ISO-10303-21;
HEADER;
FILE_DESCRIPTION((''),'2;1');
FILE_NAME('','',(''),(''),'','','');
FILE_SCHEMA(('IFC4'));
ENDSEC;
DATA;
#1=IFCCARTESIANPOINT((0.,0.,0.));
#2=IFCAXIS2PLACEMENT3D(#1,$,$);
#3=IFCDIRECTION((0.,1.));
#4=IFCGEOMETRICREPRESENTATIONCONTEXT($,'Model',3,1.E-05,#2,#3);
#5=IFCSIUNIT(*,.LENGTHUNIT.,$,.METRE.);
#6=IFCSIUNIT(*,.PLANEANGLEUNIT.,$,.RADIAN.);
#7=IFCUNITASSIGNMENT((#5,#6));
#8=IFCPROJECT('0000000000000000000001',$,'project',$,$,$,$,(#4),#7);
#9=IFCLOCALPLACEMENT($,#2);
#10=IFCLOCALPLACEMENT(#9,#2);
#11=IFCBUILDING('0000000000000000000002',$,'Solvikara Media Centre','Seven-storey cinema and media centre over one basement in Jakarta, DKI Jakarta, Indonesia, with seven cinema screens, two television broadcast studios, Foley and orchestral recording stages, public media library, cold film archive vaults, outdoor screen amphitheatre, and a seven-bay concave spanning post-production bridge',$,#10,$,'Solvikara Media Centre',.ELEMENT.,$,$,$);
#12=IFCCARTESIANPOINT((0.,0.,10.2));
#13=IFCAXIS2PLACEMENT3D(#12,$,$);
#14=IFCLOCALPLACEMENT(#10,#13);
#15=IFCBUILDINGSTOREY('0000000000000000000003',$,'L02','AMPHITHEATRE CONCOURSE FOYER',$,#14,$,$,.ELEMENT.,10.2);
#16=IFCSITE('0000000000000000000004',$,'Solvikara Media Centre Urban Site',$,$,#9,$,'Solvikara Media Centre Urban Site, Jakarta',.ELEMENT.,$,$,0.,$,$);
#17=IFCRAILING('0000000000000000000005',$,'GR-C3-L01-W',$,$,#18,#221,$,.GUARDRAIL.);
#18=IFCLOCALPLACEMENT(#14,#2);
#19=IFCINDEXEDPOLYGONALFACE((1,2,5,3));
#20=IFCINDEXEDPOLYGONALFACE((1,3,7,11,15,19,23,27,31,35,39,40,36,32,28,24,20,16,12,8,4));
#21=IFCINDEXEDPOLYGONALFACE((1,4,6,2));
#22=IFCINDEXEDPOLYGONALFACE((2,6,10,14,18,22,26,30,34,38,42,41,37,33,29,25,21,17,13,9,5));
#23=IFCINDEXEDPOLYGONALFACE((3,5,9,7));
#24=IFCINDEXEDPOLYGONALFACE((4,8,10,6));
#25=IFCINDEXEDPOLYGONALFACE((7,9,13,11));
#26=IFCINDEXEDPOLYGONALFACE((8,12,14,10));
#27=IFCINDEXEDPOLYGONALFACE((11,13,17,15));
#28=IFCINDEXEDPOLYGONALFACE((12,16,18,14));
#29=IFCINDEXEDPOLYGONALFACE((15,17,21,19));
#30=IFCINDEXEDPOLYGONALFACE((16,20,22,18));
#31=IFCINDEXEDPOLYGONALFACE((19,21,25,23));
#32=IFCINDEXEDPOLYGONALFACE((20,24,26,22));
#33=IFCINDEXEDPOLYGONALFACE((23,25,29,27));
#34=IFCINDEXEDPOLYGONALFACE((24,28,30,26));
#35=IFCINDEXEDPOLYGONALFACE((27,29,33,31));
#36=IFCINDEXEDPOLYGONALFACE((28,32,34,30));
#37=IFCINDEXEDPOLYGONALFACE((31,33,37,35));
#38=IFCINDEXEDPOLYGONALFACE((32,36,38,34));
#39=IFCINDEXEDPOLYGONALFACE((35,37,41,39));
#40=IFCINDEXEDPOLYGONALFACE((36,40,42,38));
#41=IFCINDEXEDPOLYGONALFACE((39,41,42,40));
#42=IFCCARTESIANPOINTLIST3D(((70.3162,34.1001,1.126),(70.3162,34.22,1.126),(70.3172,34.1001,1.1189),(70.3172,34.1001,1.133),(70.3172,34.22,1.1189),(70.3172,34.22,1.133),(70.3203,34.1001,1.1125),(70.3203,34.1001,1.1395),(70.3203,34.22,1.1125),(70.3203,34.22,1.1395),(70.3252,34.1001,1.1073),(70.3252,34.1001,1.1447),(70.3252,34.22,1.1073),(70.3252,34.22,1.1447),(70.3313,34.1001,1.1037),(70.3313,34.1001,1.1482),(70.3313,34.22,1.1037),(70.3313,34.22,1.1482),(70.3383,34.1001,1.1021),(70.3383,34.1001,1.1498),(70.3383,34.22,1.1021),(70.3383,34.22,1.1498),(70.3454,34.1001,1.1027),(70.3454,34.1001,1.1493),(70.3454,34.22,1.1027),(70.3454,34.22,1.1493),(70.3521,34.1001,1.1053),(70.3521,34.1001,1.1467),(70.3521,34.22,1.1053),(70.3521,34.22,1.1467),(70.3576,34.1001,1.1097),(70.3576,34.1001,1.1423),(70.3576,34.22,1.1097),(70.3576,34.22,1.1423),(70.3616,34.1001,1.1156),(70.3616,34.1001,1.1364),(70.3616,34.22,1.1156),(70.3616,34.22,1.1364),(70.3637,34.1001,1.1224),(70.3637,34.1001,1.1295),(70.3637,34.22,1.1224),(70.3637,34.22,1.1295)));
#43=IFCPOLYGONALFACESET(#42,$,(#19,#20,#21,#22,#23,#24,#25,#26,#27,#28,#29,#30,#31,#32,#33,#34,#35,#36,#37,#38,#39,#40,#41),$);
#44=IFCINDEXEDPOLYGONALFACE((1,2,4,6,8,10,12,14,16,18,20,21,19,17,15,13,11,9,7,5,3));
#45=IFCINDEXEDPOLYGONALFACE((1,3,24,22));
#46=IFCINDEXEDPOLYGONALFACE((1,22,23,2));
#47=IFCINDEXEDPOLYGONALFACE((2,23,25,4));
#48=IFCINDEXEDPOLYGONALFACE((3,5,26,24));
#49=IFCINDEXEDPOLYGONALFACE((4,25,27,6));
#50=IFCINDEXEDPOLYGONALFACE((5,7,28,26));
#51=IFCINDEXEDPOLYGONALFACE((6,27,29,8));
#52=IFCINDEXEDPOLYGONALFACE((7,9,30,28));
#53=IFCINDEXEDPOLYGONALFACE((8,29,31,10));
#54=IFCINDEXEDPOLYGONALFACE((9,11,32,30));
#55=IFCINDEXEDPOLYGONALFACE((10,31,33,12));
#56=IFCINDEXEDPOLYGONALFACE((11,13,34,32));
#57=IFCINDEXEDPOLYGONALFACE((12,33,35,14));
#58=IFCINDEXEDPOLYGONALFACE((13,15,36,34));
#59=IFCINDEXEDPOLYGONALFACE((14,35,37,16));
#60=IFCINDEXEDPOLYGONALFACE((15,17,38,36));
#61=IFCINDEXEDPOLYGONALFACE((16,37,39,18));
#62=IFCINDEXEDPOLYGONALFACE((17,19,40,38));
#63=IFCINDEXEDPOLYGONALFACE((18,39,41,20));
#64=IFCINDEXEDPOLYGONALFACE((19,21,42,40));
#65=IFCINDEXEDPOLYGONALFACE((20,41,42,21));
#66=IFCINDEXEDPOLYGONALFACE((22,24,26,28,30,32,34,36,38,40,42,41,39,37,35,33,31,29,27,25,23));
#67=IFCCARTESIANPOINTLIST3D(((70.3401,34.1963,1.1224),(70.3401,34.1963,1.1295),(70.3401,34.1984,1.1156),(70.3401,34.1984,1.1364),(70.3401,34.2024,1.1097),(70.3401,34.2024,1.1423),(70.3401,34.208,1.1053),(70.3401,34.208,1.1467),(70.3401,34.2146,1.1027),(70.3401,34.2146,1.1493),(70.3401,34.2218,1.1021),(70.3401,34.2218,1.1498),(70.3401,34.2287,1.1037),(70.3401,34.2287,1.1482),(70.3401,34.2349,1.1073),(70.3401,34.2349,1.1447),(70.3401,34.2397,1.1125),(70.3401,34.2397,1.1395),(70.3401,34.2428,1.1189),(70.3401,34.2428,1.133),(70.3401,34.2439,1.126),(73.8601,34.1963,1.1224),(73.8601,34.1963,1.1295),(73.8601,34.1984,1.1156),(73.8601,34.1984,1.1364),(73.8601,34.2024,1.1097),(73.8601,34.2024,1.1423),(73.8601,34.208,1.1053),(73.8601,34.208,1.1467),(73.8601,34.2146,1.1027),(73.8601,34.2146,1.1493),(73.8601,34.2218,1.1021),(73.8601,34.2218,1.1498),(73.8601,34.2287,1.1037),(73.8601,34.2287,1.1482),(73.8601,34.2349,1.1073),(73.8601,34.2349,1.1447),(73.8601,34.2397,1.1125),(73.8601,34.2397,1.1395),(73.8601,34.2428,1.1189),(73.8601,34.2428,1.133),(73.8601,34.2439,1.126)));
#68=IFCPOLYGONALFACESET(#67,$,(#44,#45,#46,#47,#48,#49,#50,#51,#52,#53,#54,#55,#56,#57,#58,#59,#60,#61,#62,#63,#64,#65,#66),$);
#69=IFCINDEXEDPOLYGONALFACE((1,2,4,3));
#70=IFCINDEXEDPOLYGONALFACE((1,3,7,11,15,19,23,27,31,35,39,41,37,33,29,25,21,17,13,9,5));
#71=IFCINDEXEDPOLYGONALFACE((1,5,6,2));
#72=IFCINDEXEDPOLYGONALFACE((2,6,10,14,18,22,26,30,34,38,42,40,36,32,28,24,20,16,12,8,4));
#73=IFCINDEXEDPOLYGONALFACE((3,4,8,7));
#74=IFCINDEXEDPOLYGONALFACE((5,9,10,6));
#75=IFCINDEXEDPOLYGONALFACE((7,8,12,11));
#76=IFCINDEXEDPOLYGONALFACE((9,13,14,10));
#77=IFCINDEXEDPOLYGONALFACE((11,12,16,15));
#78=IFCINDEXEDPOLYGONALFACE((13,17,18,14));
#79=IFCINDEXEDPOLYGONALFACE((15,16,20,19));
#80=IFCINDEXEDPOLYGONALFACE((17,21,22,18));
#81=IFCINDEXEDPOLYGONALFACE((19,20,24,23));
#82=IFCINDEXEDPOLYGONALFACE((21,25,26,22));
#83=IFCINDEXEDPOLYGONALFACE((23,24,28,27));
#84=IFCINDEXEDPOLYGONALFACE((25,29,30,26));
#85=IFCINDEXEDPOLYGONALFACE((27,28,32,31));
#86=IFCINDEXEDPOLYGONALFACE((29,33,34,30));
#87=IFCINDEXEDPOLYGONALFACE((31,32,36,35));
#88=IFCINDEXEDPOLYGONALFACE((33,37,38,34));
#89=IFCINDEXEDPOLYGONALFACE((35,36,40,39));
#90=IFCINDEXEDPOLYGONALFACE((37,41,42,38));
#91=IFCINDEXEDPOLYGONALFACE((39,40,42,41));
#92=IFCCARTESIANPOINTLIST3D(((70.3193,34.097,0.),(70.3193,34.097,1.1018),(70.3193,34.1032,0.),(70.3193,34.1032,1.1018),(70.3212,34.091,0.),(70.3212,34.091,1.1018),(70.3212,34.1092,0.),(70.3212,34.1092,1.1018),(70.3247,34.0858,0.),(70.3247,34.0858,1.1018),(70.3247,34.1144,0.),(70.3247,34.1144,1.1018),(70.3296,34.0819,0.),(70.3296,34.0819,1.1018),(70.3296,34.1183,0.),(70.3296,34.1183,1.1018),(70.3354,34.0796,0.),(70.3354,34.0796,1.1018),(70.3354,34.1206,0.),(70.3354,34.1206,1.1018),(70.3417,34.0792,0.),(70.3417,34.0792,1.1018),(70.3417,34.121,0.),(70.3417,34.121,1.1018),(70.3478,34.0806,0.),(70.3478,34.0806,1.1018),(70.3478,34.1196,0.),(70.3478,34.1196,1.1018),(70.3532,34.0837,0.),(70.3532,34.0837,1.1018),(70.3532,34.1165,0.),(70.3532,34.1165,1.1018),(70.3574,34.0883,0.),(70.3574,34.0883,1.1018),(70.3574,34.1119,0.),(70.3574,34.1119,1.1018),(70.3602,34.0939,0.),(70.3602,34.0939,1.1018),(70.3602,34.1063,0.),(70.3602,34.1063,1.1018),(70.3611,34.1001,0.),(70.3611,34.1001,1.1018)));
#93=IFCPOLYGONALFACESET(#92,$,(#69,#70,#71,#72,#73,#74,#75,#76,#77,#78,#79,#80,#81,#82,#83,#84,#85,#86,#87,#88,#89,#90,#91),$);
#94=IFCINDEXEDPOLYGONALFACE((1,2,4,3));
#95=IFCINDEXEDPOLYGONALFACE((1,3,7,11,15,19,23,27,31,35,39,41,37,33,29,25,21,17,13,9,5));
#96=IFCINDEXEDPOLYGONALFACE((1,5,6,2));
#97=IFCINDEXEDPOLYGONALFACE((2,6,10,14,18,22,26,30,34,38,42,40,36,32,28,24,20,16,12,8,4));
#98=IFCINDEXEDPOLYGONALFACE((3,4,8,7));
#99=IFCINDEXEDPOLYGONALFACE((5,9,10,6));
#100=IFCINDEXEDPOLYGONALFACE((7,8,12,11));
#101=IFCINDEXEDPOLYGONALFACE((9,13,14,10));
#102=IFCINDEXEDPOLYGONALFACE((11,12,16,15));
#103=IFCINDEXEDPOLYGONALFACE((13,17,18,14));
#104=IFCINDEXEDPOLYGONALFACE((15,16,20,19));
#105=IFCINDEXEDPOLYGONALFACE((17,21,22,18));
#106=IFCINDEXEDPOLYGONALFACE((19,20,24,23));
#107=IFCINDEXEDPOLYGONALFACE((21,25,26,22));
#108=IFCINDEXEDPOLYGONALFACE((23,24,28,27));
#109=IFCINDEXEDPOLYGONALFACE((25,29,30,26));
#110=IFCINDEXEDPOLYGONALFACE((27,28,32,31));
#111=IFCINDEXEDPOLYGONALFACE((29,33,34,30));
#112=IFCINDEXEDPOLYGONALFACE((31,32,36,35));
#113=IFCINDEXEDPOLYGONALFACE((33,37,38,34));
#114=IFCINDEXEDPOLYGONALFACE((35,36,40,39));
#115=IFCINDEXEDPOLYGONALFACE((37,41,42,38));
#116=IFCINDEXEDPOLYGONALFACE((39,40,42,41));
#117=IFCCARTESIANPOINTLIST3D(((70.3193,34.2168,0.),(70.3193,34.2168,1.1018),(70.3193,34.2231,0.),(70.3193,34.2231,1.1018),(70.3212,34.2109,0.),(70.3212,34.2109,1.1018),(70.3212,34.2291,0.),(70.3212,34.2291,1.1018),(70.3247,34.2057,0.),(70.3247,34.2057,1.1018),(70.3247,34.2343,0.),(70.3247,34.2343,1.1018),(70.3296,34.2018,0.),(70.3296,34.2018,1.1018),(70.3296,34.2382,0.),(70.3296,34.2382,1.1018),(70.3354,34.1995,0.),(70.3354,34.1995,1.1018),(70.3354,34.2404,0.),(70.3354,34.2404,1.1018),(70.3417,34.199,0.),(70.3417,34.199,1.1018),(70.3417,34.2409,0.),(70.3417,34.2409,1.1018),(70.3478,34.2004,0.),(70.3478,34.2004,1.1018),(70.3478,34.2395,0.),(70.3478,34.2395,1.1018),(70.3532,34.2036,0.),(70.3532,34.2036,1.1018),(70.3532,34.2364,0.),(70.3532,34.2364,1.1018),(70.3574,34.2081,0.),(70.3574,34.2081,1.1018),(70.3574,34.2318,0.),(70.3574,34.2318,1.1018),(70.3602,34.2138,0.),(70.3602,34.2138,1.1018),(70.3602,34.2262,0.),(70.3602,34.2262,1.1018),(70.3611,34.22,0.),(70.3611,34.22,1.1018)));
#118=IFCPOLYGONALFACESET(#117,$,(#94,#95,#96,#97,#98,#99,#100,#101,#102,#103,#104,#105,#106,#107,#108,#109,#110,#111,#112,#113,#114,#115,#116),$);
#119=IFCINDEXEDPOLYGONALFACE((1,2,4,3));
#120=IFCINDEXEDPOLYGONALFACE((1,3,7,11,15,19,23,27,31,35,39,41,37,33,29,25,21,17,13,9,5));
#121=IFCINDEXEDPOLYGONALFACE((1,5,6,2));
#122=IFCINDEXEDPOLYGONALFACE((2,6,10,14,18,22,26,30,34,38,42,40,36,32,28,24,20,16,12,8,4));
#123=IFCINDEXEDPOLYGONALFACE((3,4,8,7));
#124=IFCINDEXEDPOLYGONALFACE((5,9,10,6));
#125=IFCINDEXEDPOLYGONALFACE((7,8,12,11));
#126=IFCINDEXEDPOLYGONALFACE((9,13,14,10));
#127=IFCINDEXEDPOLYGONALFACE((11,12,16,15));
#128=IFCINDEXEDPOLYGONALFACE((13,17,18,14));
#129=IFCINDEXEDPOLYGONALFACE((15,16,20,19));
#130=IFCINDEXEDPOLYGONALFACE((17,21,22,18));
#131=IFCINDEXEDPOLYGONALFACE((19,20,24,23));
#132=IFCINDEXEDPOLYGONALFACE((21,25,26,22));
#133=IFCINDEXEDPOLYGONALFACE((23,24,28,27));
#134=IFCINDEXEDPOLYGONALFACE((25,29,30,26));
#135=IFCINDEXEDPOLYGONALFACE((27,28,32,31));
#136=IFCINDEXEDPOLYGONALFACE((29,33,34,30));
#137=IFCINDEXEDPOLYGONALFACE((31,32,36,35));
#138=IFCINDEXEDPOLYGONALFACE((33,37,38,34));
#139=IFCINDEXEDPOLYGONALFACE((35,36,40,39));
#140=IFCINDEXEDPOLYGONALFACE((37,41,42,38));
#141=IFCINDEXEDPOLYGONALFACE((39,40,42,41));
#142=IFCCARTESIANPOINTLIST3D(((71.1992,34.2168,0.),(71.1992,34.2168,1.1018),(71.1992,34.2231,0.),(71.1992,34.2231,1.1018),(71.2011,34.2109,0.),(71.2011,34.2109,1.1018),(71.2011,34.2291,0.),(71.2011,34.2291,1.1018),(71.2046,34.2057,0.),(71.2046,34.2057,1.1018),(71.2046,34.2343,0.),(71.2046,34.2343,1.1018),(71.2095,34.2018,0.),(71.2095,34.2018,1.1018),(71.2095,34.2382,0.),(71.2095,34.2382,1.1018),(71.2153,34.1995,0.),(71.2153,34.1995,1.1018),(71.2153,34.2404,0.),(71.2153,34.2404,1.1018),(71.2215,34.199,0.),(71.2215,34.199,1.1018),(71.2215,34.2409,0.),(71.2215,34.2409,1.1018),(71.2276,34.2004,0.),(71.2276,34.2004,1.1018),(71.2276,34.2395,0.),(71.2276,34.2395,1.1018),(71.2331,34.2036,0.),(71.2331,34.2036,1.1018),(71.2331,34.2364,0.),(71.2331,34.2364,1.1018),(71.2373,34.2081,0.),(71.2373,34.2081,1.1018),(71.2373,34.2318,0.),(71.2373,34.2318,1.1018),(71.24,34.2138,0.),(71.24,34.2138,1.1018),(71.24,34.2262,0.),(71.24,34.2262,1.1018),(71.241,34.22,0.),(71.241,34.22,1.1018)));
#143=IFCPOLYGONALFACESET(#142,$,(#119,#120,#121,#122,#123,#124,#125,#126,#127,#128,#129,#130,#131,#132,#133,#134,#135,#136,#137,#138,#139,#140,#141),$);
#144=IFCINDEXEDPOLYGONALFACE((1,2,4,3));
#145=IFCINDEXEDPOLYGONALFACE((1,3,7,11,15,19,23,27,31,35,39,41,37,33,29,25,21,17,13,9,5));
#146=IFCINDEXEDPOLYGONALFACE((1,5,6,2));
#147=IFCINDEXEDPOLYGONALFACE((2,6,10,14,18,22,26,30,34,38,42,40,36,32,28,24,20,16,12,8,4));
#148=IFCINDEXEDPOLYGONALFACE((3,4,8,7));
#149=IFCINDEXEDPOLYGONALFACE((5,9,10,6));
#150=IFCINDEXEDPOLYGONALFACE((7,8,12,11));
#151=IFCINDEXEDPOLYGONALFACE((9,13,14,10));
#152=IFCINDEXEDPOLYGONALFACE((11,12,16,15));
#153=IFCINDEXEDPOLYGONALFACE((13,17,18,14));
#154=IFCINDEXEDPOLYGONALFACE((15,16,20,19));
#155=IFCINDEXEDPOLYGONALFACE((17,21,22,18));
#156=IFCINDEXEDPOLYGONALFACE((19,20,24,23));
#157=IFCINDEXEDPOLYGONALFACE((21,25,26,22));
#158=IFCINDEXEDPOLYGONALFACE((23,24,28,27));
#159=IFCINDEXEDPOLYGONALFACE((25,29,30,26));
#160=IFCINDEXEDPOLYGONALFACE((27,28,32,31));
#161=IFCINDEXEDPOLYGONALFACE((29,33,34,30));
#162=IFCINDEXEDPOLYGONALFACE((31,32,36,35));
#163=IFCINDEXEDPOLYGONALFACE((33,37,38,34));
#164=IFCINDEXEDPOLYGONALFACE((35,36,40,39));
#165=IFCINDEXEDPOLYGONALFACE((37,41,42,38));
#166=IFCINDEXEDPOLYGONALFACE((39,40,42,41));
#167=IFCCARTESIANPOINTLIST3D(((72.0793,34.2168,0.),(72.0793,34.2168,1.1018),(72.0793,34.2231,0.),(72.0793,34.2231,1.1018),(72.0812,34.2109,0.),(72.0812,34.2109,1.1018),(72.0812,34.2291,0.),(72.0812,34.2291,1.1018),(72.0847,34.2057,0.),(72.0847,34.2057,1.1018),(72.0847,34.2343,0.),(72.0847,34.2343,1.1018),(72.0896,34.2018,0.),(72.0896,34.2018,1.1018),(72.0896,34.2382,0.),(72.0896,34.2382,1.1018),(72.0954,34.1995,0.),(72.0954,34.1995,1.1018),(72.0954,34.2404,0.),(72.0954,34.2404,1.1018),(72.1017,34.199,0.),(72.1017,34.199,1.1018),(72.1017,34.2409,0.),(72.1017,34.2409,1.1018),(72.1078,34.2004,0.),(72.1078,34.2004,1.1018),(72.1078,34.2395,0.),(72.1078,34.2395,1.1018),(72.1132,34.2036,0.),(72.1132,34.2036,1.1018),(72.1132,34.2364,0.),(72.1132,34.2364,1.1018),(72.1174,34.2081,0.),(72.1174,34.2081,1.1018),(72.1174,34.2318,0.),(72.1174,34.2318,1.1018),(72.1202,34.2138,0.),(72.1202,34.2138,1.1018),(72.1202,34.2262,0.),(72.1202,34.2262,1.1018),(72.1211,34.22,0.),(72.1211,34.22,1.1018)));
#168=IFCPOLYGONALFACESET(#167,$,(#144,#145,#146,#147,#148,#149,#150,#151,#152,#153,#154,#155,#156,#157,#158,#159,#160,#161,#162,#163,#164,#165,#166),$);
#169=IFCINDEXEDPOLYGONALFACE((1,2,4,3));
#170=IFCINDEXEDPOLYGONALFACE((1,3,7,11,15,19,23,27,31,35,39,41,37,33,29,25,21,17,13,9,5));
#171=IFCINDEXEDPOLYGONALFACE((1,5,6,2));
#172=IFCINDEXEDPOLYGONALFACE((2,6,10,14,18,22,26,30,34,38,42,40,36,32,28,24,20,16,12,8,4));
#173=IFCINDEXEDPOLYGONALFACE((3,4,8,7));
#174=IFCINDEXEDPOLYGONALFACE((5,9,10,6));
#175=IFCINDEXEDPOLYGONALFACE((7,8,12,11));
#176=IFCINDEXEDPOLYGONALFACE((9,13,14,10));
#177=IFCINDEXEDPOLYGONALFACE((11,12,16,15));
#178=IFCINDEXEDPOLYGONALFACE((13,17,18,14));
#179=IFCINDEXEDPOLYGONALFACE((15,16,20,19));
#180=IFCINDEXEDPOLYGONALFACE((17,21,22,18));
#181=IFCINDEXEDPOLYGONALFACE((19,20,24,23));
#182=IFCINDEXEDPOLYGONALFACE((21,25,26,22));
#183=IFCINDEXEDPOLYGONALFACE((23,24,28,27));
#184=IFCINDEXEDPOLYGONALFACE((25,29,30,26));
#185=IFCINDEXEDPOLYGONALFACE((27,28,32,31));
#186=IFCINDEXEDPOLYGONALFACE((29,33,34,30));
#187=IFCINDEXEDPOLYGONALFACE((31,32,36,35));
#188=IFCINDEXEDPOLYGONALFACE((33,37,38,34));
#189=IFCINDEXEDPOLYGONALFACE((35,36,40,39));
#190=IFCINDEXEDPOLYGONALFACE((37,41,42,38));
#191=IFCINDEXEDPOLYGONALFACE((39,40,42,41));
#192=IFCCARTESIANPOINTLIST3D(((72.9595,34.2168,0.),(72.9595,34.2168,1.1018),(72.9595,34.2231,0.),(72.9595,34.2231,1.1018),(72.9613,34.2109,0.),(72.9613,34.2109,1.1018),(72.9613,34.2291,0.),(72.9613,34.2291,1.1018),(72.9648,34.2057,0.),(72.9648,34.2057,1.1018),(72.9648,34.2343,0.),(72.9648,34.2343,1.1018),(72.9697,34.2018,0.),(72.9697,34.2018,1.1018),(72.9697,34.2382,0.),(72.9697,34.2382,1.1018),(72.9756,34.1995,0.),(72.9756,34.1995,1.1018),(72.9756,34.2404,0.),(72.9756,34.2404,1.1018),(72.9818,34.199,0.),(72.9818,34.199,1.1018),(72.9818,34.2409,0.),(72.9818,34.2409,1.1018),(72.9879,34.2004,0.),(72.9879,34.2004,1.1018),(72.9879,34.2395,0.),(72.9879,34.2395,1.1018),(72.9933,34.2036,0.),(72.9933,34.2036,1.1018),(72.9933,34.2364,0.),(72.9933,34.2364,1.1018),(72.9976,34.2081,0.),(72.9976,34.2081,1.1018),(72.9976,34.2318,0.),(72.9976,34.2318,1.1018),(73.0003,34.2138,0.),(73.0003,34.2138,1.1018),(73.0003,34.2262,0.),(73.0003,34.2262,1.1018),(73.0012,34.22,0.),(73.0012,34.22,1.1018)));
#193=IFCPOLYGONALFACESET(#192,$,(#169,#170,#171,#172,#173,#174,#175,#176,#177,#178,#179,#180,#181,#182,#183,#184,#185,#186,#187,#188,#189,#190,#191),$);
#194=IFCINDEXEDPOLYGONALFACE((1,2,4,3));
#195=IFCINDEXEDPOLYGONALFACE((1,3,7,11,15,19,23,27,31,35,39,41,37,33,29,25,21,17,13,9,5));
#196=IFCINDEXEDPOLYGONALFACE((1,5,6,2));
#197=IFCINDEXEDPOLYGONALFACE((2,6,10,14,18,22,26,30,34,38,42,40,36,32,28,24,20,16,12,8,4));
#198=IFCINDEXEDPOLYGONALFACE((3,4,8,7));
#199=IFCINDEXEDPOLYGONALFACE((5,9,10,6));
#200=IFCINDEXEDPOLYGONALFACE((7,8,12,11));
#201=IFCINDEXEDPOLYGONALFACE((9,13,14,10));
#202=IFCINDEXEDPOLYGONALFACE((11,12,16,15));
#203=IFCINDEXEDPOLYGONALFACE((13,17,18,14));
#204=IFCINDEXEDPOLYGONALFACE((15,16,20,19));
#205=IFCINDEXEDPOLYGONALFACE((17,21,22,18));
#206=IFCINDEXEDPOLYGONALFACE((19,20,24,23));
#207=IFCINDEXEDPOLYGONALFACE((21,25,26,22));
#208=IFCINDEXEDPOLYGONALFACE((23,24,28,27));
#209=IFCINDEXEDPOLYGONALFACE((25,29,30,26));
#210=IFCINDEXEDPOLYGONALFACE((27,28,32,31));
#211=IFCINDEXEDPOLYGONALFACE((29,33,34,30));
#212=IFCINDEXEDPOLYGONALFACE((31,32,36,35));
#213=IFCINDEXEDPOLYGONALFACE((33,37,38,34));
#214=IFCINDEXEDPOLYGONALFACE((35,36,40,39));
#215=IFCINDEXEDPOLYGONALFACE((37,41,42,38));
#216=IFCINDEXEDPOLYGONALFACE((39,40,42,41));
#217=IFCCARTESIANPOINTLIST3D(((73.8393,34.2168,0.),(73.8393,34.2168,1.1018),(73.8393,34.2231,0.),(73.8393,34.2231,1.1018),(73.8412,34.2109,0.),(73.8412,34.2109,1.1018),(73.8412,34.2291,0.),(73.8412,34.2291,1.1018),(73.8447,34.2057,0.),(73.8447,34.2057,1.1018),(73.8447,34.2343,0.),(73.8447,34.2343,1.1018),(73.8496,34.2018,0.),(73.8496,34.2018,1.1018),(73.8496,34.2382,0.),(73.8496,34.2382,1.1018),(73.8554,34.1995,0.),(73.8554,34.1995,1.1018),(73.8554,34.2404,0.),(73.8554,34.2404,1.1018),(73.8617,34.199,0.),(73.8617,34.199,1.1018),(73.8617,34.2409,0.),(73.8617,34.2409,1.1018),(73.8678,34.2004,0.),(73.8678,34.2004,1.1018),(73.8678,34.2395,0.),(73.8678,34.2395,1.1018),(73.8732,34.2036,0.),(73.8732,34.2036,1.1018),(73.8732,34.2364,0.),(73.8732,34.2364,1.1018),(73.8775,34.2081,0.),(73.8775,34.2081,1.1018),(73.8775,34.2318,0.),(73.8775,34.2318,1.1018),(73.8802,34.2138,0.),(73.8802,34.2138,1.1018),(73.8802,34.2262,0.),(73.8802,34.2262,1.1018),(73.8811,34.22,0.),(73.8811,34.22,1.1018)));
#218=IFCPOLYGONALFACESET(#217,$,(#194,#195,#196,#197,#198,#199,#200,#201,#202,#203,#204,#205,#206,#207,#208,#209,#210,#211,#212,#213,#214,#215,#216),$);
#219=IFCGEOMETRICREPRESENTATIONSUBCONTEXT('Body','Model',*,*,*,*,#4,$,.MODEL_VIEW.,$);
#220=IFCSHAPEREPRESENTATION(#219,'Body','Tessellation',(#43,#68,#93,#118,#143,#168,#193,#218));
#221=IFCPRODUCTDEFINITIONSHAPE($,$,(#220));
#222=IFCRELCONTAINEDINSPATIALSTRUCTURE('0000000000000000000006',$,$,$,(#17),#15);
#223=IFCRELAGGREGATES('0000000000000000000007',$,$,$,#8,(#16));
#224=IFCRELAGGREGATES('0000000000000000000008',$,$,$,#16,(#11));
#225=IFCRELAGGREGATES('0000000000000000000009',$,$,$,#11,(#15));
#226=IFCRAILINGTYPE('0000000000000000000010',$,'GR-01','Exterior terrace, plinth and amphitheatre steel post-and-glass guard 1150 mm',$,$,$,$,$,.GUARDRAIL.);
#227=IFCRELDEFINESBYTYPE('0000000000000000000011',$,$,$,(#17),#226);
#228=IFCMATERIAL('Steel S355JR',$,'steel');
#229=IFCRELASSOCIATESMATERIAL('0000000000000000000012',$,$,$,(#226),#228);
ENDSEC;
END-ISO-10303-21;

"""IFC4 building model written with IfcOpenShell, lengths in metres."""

from ifc_helpers import new_model, si_unit, direction, frame, origin, origin_2d, place, context, subcontext, project, spatial, circle, extrude, material, type_object, element, save


model = new_model("IFC4")

# Units and contexts
model_context = context("Model", 3, precision=1e-05, world=origin(), true_north=direction((0.0, 1.0)))
body_context = subcontext(model_context, "Body", "Model", "MODEL_VIEW")
ifc_project = project(units=[si_unit("LENGTHUNIT", "METRE"), si_unit("PLANEANGLEUNIT", "RADIAN")], contexts=[model_context])

# Site, building, storey
site_placement = place(None, origin())
site = spatial("IfcSite", under=ifc_project, at=site_placement, Name="Solvikara Media Centre Urban Site", LongName="Solvikara Media Centre Urban Site, Jakarta", CompositionType="ELEMENT", RefElevation=0.0)
building_placement = place(site_placement, origin())
building = spatial("IfcBuilding", under=site, at=building_placement, Name="Solvikara Media Centre", Description="Seven-storey cinema and media centre over one basement in Jakarta, DKI Jakarta, Indonesia, with seven cinema screens, two television broadcast studios, Foley and orchestral recording stages, public media library, cold film archive vaults, outdoor screen amphitheatre, and a seven-bay concave spanning post-production bridge", LongName="Solvikara Media Centre", CompositionType="ELEMENT")
storey_placement = place(building_placement, frame((0.0, 0.0, 10.2)))
storey = spatial("IfcBuildingStorey", under=building, at=storey_placement, Name="L02", Description="AMPHITHEATRE CONCOURSE FOYER", CompositionType="ELEMENT", Elevation=10.2)

# Shared definitions
ifc_material_1 = material(Name="Steel S355JR", Category="steel")

# Railing
railing_type_1 = type_object("IfcRailingType", Name="GR-01", Description="Exterior terrace, plinth and amphitheatre steel post-and-glass guard 1150 mm", PredefinedType="GUARDRAIL", material=ifc_material_1)
railing_1_placement = place(storey_placement, frame((70.3401, 34.1001, 0.0)))
element("IfcRailing", 1, at=railing_1_placement, inside=storey, type_object=railing_type_1, Name="GR-C3-L01-W", PredefinedType="GUARDRAIL", context=body_context, shape_type="SweptSolid", body=[
    extrude(circle(Radius=0.0239, at=origin_2d()), frame((0.0, 0.0, 1.126), z_axis=(0.0, 1.0, 0.0), x_axis=(-1.0, 0.0, 0.0)), (0.0, 0.0, 1.0), 0.1199),
    extrude(circle(Radius=0.0239, at=origin_2d()), frame((0.0, 0.1199, 1.126), z_axis=(1.0, 0.0, 0.0), x_axis=(0.0, 1.0, 0.0)), (0.0, 0.0, 1.0), 3.52),
    extrude(circle(Radius=0.021, at=origin_2d()), origin(), (0.0, 0.0, 1.0), 1.1018),
    extrude(circle(Radius=0.021, at=origin_2d()), frame((0.0, 0.1199, 0.0)), (0.0, 0.0, 1.0), 1.1018),
    extrude(circle(Radius=0.021, at=origin_2d()), frame((0.8799, 0.1199, 0.0)), (0.0, 0.0, 1.0), 1.1018),
    extrude(circle(Radius=0.021, at=origin_2d()), frame((1.76, 0.1199, 0.0)), (0.0, 0.0, 1.0), 1.1018),
    extrude(circle(Radius=0.021, at=origin_2d()), frame((2.6401, 0.1199, 0.0)), (0.0, 0.0, 1.0), 1.1018),
    extrude(circle(Radius=0.021, at=origin_2d()), frame((3.52, 0.1199, 0.0)), (0.0, 0.0, 1.0), 1.1018),
])

save(model, "model.ifc")
